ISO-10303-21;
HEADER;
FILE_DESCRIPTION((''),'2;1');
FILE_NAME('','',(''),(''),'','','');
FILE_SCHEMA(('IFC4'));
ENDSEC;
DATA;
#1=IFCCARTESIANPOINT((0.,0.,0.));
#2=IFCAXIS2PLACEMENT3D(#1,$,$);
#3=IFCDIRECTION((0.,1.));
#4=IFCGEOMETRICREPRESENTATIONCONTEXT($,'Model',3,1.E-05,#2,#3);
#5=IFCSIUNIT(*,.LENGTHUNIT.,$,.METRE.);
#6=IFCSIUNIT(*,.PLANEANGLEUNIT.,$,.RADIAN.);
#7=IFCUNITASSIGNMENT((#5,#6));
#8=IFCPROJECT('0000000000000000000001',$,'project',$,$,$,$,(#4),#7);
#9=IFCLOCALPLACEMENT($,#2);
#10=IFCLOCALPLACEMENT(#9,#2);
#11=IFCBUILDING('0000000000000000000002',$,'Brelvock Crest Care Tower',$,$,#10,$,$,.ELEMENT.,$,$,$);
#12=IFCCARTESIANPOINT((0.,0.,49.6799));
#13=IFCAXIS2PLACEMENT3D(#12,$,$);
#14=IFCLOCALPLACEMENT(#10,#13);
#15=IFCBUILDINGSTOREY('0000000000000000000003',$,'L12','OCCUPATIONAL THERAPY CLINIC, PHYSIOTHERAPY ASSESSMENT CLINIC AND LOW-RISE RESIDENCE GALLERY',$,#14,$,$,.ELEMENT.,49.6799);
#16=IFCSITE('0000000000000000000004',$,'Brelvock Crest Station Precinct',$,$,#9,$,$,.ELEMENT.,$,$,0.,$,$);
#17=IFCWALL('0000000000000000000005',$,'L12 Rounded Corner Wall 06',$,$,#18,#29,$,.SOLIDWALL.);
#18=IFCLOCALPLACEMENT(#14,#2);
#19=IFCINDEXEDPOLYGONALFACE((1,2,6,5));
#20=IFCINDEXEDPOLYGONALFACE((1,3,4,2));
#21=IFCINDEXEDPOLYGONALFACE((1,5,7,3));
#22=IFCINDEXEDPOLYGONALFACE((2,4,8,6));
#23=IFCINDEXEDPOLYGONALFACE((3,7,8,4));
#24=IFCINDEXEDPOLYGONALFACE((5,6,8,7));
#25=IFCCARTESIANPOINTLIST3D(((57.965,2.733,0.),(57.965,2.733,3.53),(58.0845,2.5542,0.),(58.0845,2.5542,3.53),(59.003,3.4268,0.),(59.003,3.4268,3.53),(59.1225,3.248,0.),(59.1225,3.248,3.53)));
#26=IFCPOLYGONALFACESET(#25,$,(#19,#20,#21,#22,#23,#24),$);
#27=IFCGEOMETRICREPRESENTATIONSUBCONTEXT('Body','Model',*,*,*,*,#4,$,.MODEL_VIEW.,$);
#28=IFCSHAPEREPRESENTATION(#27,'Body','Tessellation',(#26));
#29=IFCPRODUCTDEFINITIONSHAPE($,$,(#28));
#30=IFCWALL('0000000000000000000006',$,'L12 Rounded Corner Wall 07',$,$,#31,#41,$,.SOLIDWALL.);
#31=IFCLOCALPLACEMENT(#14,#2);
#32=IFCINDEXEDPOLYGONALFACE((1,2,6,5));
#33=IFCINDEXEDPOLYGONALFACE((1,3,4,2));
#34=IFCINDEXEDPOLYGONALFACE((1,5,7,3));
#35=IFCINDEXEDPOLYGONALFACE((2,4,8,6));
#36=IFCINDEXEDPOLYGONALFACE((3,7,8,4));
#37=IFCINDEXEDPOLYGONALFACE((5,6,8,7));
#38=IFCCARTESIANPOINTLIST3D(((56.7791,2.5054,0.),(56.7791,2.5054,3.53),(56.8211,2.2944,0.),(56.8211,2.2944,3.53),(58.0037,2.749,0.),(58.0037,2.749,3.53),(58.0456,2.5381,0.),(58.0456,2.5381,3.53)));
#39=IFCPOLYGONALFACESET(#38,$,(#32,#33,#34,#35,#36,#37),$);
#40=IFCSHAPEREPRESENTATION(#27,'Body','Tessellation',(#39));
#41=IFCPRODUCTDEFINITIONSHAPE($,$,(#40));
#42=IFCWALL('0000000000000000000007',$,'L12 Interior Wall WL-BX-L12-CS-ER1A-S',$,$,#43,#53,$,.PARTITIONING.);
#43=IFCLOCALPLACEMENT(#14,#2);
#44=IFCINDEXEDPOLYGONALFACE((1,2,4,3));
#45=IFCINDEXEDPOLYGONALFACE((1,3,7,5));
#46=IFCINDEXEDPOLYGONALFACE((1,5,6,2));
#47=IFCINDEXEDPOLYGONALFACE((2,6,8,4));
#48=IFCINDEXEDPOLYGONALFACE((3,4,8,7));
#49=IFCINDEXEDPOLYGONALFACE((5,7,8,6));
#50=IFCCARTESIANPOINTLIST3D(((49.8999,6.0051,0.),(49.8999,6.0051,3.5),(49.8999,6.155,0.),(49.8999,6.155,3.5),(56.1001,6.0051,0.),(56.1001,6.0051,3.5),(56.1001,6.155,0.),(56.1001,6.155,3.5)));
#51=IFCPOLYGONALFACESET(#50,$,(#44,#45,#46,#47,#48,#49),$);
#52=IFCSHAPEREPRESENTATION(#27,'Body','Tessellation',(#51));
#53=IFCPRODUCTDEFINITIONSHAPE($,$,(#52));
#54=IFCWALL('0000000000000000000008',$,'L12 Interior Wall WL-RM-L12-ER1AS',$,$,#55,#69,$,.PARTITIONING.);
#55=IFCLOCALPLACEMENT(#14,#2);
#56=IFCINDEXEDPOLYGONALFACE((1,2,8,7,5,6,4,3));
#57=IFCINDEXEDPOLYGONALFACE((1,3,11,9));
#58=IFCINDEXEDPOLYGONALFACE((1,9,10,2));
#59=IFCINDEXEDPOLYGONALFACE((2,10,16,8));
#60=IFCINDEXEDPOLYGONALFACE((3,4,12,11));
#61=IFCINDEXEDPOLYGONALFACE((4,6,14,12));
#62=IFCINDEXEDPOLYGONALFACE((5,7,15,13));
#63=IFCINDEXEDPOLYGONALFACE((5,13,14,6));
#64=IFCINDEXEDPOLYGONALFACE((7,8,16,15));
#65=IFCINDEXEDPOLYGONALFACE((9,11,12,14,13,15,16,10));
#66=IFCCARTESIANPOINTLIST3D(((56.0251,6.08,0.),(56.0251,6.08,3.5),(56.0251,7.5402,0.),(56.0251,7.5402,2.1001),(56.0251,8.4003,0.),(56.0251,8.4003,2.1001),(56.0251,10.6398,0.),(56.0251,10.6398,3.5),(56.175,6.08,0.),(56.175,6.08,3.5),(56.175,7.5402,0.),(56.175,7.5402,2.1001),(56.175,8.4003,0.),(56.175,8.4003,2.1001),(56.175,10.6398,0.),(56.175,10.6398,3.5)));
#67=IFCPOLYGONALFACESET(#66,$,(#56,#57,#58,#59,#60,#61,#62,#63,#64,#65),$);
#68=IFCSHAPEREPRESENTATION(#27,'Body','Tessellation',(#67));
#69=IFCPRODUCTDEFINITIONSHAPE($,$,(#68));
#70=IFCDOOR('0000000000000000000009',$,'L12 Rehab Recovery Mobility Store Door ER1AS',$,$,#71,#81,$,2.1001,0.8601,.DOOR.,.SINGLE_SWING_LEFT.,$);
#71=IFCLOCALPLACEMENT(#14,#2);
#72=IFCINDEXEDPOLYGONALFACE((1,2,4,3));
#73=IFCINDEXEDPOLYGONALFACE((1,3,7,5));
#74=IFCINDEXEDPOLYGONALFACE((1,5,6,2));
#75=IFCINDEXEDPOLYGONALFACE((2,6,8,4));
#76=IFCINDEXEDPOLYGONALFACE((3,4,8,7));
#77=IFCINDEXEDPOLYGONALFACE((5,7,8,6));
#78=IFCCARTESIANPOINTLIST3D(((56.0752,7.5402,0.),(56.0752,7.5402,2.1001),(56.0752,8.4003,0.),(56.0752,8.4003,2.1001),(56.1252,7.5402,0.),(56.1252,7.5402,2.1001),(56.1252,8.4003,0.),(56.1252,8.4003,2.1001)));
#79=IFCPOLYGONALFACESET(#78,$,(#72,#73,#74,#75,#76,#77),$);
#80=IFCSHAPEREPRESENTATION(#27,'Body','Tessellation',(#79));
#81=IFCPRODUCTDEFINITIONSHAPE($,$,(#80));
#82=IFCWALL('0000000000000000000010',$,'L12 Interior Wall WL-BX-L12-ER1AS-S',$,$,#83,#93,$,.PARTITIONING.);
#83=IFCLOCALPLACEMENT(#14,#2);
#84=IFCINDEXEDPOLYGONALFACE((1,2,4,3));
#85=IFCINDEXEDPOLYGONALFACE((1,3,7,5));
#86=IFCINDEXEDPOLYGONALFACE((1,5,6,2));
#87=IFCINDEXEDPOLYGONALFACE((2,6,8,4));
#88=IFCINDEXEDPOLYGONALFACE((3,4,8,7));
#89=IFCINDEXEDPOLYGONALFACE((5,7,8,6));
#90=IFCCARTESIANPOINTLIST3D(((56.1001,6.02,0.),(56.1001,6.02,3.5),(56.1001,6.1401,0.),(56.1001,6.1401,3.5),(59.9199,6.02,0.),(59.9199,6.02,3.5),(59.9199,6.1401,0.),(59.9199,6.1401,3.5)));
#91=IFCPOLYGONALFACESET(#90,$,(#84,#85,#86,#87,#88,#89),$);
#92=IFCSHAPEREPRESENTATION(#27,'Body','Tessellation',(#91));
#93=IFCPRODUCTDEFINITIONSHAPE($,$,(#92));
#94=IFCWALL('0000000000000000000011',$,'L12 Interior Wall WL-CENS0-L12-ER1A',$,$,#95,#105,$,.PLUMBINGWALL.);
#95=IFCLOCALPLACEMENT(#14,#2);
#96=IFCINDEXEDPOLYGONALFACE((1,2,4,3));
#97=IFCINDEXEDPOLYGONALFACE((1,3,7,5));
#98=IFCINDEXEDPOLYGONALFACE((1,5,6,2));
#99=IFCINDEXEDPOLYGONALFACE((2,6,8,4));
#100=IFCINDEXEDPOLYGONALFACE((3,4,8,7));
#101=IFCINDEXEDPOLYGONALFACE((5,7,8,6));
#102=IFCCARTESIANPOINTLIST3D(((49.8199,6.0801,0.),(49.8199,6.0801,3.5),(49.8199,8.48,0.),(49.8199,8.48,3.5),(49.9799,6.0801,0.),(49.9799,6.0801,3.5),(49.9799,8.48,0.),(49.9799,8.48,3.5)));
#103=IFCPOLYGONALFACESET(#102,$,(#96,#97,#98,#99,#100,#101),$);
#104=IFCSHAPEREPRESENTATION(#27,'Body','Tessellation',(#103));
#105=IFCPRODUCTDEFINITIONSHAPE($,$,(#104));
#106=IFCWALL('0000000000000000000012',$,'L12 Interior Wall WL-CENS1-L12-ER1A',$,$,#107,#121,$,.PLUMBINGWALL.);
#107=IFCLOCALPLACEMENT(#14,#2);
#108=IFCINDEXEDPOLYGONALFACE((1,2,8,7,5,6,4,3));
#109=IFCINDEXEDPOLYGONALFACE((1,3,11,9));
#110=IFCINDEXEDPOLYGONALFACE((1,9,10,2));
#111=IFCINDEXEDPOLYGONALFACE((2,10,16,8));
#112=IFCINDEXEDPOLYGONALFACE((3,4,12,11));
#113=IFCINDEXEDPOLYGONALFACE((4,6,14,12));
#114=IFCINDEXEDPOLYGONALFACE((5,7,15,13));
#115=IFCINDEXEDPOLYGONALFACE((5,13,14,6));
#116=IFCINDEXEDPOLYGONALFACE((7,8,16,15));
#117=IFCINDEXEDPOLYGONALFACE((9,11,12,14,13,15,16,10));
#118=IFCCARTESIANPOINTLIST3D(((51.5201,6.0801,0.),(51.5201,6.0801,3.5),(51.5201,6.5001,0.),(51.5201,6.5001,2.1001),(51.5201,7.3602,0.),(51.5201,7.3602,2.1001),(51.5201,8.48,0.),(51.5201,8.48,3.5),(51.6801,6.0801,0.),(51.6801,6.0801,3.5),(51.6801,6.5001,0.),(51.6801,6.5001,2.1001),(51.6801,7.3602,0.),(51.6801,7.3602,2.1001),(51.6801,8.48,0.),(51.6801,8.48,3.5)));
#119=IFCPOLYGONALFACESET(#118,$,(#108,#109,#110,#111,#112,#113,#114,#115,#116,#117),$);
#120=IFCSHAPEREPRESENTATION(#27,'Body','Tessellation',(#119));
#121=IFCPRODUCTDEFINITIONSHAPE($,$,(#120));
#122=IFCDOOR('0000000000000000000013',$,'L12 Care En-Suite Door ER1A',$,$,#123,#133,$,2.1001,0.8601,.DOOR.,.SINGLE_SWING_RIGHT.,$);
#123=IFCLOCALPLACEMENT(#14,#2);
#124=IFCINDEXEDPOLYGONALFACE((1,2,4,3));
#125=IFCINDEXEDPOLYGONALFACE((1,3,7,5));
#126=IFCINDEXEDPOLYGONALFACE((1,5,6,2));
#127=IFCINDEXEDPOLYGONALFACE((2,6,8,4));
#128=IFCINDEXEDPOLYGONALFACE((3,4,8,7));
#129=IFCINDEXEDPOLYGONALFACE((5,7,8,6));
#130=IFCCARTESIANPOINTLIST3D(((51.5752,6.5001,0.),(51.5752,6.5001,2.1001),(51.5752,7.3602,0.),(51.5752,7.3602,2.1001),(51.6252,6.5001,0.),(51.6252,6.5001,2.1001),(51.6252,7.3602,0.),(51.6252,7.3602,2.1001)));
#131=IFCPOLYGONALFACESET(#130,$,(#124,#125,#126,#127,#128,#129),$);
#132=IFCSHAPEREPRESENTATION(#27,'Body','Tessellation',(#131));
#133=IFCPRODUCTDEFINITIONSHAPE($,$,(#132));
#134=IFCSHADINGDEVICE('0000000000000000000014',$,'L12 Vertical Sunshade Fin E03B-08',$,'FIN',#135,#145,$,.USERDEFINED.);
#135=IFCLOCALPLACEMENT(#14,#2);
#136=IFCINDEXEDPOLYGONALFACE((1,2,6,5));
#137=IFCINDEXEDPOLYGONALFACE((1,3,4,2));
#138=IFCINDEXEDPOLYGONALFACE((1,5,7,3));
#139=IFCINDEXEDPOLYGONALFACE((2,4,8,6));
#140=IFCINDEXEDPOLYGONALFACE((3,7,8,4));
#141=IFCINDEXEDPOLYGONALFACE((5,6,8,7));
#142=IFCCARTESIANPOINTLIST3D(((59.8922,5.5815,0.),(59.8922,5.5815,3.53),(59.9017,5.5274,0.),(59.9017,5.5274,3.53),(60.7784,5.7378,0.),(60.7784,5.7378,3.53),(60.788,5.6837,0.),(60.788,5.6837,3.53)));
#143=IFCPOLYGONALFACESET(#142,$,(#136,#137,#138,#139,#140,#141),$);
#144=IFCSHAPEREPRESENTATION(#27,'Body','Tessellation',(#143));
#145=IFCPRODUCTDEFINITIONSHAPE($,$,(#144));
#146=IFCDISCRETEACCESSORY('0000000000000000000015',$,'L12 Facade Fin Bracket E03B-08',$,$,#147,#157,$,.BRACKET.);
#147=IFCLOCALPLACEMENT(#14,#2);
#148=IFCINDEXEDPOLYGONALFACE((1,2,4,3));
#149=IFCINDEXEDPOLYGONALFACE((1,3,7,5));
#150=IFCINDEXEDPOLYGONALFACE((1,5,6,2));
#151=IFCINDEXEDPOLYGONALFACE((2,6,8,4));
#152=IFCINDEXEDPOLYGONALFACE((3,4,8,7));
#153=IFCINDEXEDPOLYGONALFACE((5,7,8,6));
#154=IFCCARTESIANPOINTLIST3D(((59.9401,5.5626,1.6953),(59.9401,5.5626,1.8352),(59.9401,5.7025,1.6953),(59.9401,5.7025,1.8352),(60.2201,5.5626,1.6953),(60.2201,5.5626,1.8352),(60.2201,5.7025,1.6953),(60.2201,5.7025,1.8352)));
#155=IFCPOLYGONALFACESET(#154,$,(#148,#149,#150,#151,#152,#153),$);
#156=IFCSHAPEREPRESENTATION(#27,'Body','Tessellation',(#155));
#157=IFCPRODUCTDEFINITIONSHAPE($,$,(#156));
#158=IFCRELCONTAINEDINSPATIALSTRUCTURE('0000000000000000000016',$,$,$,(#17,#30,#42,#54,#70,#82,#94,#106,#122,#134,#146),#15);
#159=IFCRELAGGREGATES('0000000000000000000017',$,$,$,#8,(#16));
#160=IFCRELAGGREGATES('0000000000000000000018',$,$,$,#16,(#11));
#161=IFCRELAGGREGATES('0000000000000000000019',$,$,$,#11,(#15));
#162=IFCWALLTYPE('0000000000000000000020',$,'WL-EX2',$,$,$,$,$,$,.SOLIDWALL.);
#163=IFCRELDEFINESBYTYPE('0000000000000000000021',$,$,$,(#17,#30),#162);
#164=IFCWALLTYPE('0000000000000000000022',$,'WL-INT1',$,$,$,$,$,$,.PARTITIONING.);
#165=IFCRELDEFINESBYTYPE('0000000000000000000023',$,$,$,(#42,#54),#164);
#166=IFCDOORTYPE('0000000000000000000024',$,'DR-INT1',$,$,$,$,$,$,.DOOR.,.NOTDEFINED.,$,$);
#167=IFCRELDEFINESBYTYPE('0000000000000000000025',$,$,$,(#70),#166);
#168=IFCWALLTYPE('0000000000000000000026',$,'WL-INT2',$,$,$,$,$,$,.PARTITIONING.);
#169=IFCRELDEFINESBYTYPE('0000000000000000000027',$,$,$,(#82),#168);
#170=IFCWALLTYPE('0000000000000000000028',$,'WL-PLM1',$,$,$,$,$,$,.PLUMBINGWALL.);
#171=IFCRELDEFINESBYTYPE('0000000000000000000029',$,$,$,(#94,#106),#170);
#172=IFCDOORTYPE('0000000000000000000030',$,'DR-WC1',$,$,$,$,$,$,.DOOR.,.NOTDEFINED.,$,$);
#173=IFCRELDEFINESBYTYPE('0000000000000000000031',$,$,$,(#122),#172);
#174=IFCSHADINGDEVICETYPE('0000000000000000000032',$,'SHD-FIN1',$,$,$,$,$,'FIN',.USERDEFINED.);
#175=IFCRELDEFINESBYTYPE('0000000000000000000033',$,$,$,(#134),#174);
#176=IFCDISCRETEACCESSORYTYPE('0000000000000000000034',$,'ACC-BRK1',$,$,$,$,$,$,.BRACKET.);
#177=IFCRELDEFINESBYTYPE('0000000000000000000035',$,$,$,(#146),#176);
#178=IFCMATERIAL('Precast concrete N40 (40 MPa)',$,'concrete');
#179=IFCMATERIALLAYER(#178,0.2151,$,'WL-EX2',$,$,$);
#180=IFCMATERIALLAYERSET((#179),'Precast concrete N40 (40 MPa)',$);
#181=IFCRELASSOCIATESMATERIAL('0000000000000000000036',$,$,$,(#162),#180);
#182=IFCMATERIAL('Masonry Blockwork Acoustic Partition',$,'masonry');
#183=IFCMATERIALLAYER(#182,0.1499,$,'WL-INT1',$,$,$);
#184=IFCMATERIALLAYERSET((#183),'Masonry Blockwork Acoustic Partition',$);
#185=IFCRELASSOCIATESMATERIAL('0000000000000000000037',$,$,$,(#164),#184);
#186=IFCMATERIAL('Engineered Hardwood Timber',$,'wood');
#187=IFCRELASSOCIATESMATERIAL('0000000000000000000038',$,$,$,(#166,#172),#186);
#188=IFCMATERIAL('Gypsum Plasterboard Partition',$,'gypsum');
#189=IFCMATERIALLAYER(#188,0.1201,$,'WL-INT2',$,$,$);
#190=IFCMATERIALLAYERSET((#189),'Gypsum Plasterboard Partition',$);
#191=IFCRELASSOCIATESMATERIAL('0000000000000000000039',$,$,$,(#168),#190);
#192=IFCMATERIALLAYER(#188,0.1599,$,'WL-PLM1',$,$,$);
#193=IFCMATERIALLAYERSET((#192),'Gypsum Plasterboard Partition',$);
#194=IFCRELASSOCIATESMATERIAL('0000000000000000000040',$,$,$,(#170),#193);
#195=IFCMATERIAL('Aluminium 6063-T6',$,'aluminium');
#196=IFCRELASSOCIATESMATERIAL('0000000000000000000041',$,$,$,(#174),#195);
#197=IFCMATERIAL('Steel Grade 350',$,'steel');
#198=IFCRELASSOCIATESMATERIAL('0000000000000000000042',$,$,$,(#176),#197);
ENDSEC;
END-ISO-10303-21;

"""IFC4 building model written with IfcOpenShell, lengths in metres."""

from ifc_helpers import new_model, si_unit, direction, frame, frame_2d, origin, origin_2d, place, context, subcontext, project, spatial, rectangle, extrude, source, transform, mapped, material, layer, layer_set, material_profile, profile_set, type_object, element, fill, save


model = new_model("IFC4")

# Units and contexts
model_context = context("Model", 3, precision=1e-05, world=origin(), true_north=direction((0.0, 1.0)))
body_context = subcontext(model_context, "Body", "Model", "MODEL_VIEW")
ifc_project = project(units=[si_unit("LENGTHUNIT", "METRE"), si_unit("PLANEANGLEUNIT", "RADIAN")], contexts=[model_context])

# Site, building, storey
site_placement = place(None, origin())
site = spatial("IfcSite", under=ifc_project, at=site_placement, Name="Brelvock Crest Station Precinct", CompositionType="ELEMENT", RefElevation=0.0)
building_placement = place(site_placement, origin())
building = spatial("IfcBuilding", under=site, at=building_placement, Name="Brelvock Crest Care Tower", CompositionType="ELEMENT")
storey_placement = place(building_placement, frame((0.0, 0.0, 49.6799)))
storey = spatial("IfcBuildingStorey", under=building, at=storey_placement, Name="L12", Description="OCCUPATIONAL THERAPY CLINIC, PHYSIOTHERAPY ASSESSMENT CLINIC AND LOW-RISE RESIDENCE GALLERY", CompositionType="ELEMENT", Elevation=49.6799)

# Shared definitions
ifc_material_1 = material(Name="Steel Grade 350", Category="steel")

# Shared definitions
ifc_material_2 = material(Name="Aluminium 6063-T6", Category="aluminium")

# Walls
ifc_material_3 = material(Name="Precast concrete N40 (40 MPa)", Category="concrete")
ifc_layer_1 = layer(ifc_material_3, 0.2151, Name="WL-EX2")
ifc_layer_set_1 = layer_set([ifc_layer_1], Name="Precast concrete N40 (40 MPa)")
wall_type_1 = type_object("IfcWallType", Name="WL-EX2", PredefinedType="SOLIDWALL", material=ifc_layer_set_1)
for number, where, z_axis, x_axis, name in (
    (1, (59.0627, 3.3374, 0.0), (0.0, 0.0, 1.0), (-0.831388, -0.555692, 0.0), "L12 Rounded Corner Wall 06"),
    (2, (58.0247, 2.6436, 0.0), (0.0, 0.0, 1.0), (-0.980776, -0.195138, 0.0), "L12 Rounded Corner Wall 07"),
):
    element("IfcWall", number, at=place(storey_placement, frame(where, z_axis=z_axis, x_axis=x_axis)), inside=storey, type_object=wall_type_1, Name=name, PredefinedType="SOLIDWALL", context=body_context, shape_type="SweptSolid", body=[
        extrude(rectangle(XDim=1.2485, YDim=0.2151, at=frame_2d((0.6243, 0.0))), origin(), (0.0, 0.0, 1.0), 3.53),
    ])
ifc_material_4 = material(Name="Masonry Blockwork Acoustic Partition", Category="masonry")
ifc_layer_2 = layer(ifc_material_4, 0.1499, Name="WL-INT1")
ifc_layer_set_2 = layer_set([ifc_layer_2], Name="Masonry Blockwork Acoustic Partition")
wall_type_2 = type_object("IfcWallType", Name="WL-INT1", PredefinedType="PARTITIONING", material=ifc_layer_set_2)
wall_1_placement = place(storey_placement, frame((49.8999, 6.0801, 0.0), z_axis=(0.0, 0.0, 1.0), x_axis=(1.0, 0.0, 0.0)))
element("IfcWall", 3, at=wall_1_placement, inside=storey, type_object=wall_type_2, Name="L12 Interior Wall WL-BX-L12-CS-ER1A-S", PredefinedType="PARTITIONING", context=body_context, shape_type="SweptSolid", body=[
    extrude(rectangle(XDim=6.2002, YDim=0.1499, at=frame_2d((3.1001, 0.0))), origin(), (0.0, 0.0, 1.0), 3.5),
])

# Wall, opening, door
wall_2_placement = place(storey_placement, frame((56.1001, 6.0801, 0.0), z_axis=(0.0, 0.0, 1.0), x_axis=(0.0, 1.0, 0.0)))
wall_2 = element("IfcWall", 4, at=wall_2_placement, inside=storey, type_object=wall_type_2, Name="L12 Interior Wall WL-RM-L12-ER1AS", PredefinedType="PARTITIONING", context=body_context, shape_type="SweptSolid", body=[
    extrude(rectangle(XDim=4.5598, YDim=0.1499, at=frame_2d((2.2798, 0.0))), origin(), (0.0, 0.0, 1.0), 3.5),
])
opening_1_placement = place(wall_2_placement, frame((1.46, 0.0, 0.0)))
opening_1 = element("IfcOpeningElement", 5, at=opening_1_placement, cuts=wall_2, PredefinedType="OPENING", context=body_context, shape_type="SweptSolid", body=[
    extrude(rectangle(XDim=0.8601, YDim=2.1001, at=origin_2d()), frame((0.4302, 0.085, 1.05), z_axis=(0.0, -1.0, 0.0), x_axis=(1.0, 0.0, 0.0)), (0.0, 0.0, 1.0), 0.1699),
])
ifc_material_5 = material(Name="Engineered Hardwood Timber", Category="wood")
door_type_1 = type_object("IfcDoorType", Name="DR-INT1", OperationType="NOTDEFINED", PredefinedType="DOOR", material=ifc_material_5)
shared_shape_1 = source(origin(), body_context, "Body", "SweptSolid", [
    extrude(rectangle(XDim=0.8601, YDim=2.1001, at=origin_2d()), frame((0.4302, 0.0249, 1.05), z_axis=(0.0, -1.0, 0.0), x_axis=(1.0, 0.0, 0.0)), (0.0, 0.0, 1.0), 0.05),
])
door_1_placement = place(opening_1_placement, origin())
door_1 = element("IfcDoor", 6, at=door_1_placement, inside=storey, type_object=door_type_1, Name="L12 Rehab Recovery Mobility Store Door ER1AS", OperationType="SINGLE_SWING_LEFT", OverallHeight=2.1001, OverallWidth=0.8601, PredefinedType="DOOR", context=body_context, shape_type="MappedRepresentation", body=[
    mapped(shared_shape_1, transform((0.0, 0.0, 0.0), x_axis=(1.0, 0.0, 0.0), y_axis=(0.0, 1.0, 0.0), z_axis=(0.0, 0.0, 1.0), scale=1.0)),
])
fill(opening_1, door_1)

# Walls
ifc_material_6 = material(Name="Gypsum Plasterboard Partition", Category="gypsum")
ifc_layer_3 = layer(ifc_material_6, 0.1201, Name="WL-INT2")
ifc_layer_set_3 = layer_set([ifc_layer_3], Name="Gypsum Plasterboard Partition")
wall_type_3 = type_object("IfcWallType", Name="WL-INT2", PredefinedType="PARTITIONING", material=ifc_layer_set_3)
wall_3_placement = place(storey_placement, frame((56.1001, 6.0801, 0.0), z_axis=(0.0, 0.0, 1.0), x_axis=(1.0, 0.0, 0.0)))
element("IfcWall", 7, at=wall_3_placement, inside=storey, type_object=wall_type_3, Name="L12 Interior Wall WL-BX-L12-ER1AS-S", PredefinedType="PARTITIONING", context=body_context, shape_type="SweptSolid", body=[
    extrude(rectangle(XDim=3.8198, YDim=0.1201, at=frame_2d((1.9099, 0.0))), origin(), (0.0, 0.0, 1.0), 3.5),
])
ifc_layer_4 = layer(ifc_material_6, 0.1599, Name="WL-PLM1")
ifc_layer_set_4 = layer_set([ifc_layer_4], Name="Gypsum Plasterboard Partition")
wall_type_4 = type_object("IfcWallType", Name="WL-PLM1", PredefinedType="PLUMBINGWALL", material=ifc_layer_set_4)
wall_4_placement = place(storey_placement, frame((49.8999, 6.0801, 0.0), z_axis=(0.0, 0.0, 1.0), x_axis=(0.0, 1.0, 0.0)))
element("IfcWall", 8, at=wall_4_placement, inside=storey, type_object=wall_type_4, Name="L12 Interior Wall WL-CENS0-L12-ER1A", PredefinedType="PLUMBINGWALL", context=body_context, shape_type="SweptSolid", body=[
    extrude(rectangle(XDim=2.3999, YDim=0.1599, at=frame_2d((1.2, 0.0))), origin(), (0.0, 0.0, 1.0), 3.5),
])

# Wall, opening, door
wall_5_placement = place(storey_placement, frame((51.6001, 6.0801, 0.0), z_axis=(0.0, 0.0, 1.0), x_axis=(0.0, 1.0, 0.0)))
wall_5 = element("IfcWall", 9, at=wall_5_placement, inside=storey, type_object=wall_type_4, Name="L12 Interior Wall WL-CENS1-L12-ER1A", PredefinedType="PLUMBINGWALL", context=body_context, shape_type="SweptSolid", body=[
    extrude(rectangle(XDim=2.3999, YDim=0.1599, at=frame_2d((1.2, 0.0))), origin(), (0.0, 0.0, 1.0), 3.5),
])
opening_2_placement = place(wall_5_placement, frame((0.4199, 0.0, 0.0)))
opening_2 = element("IfcOpeningElement", 10, at=opening_2_placement, cuts=wall_5, PredefinedType="OPENING", context=body_context, shape_type="SweptSolid", body=[
    extrude(rectangle(XDim=0.8601, YDim=2.1001, at=origin_2d()), frame((0.4302, 0.0898, 1.05), z_axis=(0.0, -1.0, 0.0), x_axis=(1.0, 0.0, 0.0)), (0.0, 0.0, 1.0), 0.1799),
])
door_type_2 = type_object("IfcDoorType", Name="DR-WC1", OperationType="NOTDEFINED", PredefinedType="DOOR", material=ifc_material_5)
shared_shape_2 = source(origin(), body_context, "Body", "SweptSolid", [
    extrude(rectangle(XDim=0.8601, YDim=2.1001, at=origin_2d()), frame((0.4302, 0.0249, 1.05), z_axis=(0.0, -1.0, 0.0), x_axis=(1.0, 0.0, 0.0)), (0.0, 0.0, 1.0), 0.05),
])
door_2_placement = place(opening_2_placement, origin())
door_2 = element("IfcDoor", 11, at=door_2_placement, inside=storey, type_object=door_type_2, Name="L12 Care En-Suite Door ER1A", OperationType="SINGLE_SWING_RIGHT", OverallHeight=2.1001, OverallWidth=0.8601, PredefinedType="DOOR", context=body_context, shape_type="MappedRepresentation", body=[
    mapped(shared_shape_2, transform((0.0, 0.0, 0.0), x_axis=(1.0, 0.0, 0.0), y_axis=(0.0, 1.0, 0.0), z_axis=(0.0, 0.0, 1.0), scale=1.0)),
])
fill(opening_2, door_2)

# Shading device
ifc_material_profile_1 = material_profile(ifc_material_2, rectangle(XDim=0.0549, YDim=0.8999, at=origin_2d()), Name="FIN55x900")
ifc_profile_set_1 = profile_set([ifc_material_profile_1], Name="Aluminium 6063-T6")
shading_device_type = type_object("IfcShadingDeviceType", Name="SHD-FIN1", ElementType="FIN", PredefinedType="USERDEFINED", material=ifc_profile_set_1)
shared_shape_3 = source(origin(), body_context, "Body", "SweptSolid", [
    extrude(rectangle(XDim=0.0549, YDim=0.8999, at=origin_2d()), origin(), (0.0, 0.0, 1.0), 3.53),
])
shading_device_placement = place(storey_placement, frame((60.3401, 5.6326, 0.0), z_axis=(0.0, 0.0, 1.0), x_axis=(0.173648, -0.984808, 0.0)))
element("IfcShadingDevice", 12, at=shading_device_placement, inside=storey, type_object=shading_device_type, Name="L12 Vertical Sunshade Fin E03B-08", ObjectType="FIN", PredefinedType="USERDEFINED", context=body_context, shape_type="MappedRepresentation", body=[
    mapped(shared_shape_3, transform((0.0, 0.0, 0.0), x_axis=(1.0, 0.0, 0.0), y_axis=(0.0, 1.0, 0.0), z_axis=(0.0, 0.0, 1.0), scale=1.0)),
])

# Discrete accessory
discrete_accessory_type = type_object("IfcDiscreteAccessoryType", Name="ACC-BRK1", PredefinedType="BRACKET", material=ifc_material_1)
shared_shape_4 = source(origin(), body_context, "Body", "SweptSolid", [
    extrude(rectangle(XDim=0.28, YDim=0.1399, at=origin_2d()), origin(), (0.0, 0.0, 1.0), 0.1399),
])
discrete_accessory_placement = place(storey_placement, frame((60.0801, 5.6326, 1.6953), z_axis=(0.0, 0.0, 1.0), x_axis=(1.0, 0.0, 0.0)))
element("IfcDiscreteAccessory", 13, at=discrete_accessory_placement, inside=storey, type_object=discrete_accessory_type, Name="L12 Facade Fin Bracket E03B-08", PredefinedType="BRACKET", context=body_context, shape_type="MappedRepresentation", body=[
    mapped(shared_shape_4, transform((0.0, 0.0, 0.0), x_axis=(1.0, 0.0, 0.0), y_axis=(0.0, 1.0, 0.0), z_axis=(0.0, 0.0, 1.0), scale=1.0)),
])

save(model, "model.ifc")
